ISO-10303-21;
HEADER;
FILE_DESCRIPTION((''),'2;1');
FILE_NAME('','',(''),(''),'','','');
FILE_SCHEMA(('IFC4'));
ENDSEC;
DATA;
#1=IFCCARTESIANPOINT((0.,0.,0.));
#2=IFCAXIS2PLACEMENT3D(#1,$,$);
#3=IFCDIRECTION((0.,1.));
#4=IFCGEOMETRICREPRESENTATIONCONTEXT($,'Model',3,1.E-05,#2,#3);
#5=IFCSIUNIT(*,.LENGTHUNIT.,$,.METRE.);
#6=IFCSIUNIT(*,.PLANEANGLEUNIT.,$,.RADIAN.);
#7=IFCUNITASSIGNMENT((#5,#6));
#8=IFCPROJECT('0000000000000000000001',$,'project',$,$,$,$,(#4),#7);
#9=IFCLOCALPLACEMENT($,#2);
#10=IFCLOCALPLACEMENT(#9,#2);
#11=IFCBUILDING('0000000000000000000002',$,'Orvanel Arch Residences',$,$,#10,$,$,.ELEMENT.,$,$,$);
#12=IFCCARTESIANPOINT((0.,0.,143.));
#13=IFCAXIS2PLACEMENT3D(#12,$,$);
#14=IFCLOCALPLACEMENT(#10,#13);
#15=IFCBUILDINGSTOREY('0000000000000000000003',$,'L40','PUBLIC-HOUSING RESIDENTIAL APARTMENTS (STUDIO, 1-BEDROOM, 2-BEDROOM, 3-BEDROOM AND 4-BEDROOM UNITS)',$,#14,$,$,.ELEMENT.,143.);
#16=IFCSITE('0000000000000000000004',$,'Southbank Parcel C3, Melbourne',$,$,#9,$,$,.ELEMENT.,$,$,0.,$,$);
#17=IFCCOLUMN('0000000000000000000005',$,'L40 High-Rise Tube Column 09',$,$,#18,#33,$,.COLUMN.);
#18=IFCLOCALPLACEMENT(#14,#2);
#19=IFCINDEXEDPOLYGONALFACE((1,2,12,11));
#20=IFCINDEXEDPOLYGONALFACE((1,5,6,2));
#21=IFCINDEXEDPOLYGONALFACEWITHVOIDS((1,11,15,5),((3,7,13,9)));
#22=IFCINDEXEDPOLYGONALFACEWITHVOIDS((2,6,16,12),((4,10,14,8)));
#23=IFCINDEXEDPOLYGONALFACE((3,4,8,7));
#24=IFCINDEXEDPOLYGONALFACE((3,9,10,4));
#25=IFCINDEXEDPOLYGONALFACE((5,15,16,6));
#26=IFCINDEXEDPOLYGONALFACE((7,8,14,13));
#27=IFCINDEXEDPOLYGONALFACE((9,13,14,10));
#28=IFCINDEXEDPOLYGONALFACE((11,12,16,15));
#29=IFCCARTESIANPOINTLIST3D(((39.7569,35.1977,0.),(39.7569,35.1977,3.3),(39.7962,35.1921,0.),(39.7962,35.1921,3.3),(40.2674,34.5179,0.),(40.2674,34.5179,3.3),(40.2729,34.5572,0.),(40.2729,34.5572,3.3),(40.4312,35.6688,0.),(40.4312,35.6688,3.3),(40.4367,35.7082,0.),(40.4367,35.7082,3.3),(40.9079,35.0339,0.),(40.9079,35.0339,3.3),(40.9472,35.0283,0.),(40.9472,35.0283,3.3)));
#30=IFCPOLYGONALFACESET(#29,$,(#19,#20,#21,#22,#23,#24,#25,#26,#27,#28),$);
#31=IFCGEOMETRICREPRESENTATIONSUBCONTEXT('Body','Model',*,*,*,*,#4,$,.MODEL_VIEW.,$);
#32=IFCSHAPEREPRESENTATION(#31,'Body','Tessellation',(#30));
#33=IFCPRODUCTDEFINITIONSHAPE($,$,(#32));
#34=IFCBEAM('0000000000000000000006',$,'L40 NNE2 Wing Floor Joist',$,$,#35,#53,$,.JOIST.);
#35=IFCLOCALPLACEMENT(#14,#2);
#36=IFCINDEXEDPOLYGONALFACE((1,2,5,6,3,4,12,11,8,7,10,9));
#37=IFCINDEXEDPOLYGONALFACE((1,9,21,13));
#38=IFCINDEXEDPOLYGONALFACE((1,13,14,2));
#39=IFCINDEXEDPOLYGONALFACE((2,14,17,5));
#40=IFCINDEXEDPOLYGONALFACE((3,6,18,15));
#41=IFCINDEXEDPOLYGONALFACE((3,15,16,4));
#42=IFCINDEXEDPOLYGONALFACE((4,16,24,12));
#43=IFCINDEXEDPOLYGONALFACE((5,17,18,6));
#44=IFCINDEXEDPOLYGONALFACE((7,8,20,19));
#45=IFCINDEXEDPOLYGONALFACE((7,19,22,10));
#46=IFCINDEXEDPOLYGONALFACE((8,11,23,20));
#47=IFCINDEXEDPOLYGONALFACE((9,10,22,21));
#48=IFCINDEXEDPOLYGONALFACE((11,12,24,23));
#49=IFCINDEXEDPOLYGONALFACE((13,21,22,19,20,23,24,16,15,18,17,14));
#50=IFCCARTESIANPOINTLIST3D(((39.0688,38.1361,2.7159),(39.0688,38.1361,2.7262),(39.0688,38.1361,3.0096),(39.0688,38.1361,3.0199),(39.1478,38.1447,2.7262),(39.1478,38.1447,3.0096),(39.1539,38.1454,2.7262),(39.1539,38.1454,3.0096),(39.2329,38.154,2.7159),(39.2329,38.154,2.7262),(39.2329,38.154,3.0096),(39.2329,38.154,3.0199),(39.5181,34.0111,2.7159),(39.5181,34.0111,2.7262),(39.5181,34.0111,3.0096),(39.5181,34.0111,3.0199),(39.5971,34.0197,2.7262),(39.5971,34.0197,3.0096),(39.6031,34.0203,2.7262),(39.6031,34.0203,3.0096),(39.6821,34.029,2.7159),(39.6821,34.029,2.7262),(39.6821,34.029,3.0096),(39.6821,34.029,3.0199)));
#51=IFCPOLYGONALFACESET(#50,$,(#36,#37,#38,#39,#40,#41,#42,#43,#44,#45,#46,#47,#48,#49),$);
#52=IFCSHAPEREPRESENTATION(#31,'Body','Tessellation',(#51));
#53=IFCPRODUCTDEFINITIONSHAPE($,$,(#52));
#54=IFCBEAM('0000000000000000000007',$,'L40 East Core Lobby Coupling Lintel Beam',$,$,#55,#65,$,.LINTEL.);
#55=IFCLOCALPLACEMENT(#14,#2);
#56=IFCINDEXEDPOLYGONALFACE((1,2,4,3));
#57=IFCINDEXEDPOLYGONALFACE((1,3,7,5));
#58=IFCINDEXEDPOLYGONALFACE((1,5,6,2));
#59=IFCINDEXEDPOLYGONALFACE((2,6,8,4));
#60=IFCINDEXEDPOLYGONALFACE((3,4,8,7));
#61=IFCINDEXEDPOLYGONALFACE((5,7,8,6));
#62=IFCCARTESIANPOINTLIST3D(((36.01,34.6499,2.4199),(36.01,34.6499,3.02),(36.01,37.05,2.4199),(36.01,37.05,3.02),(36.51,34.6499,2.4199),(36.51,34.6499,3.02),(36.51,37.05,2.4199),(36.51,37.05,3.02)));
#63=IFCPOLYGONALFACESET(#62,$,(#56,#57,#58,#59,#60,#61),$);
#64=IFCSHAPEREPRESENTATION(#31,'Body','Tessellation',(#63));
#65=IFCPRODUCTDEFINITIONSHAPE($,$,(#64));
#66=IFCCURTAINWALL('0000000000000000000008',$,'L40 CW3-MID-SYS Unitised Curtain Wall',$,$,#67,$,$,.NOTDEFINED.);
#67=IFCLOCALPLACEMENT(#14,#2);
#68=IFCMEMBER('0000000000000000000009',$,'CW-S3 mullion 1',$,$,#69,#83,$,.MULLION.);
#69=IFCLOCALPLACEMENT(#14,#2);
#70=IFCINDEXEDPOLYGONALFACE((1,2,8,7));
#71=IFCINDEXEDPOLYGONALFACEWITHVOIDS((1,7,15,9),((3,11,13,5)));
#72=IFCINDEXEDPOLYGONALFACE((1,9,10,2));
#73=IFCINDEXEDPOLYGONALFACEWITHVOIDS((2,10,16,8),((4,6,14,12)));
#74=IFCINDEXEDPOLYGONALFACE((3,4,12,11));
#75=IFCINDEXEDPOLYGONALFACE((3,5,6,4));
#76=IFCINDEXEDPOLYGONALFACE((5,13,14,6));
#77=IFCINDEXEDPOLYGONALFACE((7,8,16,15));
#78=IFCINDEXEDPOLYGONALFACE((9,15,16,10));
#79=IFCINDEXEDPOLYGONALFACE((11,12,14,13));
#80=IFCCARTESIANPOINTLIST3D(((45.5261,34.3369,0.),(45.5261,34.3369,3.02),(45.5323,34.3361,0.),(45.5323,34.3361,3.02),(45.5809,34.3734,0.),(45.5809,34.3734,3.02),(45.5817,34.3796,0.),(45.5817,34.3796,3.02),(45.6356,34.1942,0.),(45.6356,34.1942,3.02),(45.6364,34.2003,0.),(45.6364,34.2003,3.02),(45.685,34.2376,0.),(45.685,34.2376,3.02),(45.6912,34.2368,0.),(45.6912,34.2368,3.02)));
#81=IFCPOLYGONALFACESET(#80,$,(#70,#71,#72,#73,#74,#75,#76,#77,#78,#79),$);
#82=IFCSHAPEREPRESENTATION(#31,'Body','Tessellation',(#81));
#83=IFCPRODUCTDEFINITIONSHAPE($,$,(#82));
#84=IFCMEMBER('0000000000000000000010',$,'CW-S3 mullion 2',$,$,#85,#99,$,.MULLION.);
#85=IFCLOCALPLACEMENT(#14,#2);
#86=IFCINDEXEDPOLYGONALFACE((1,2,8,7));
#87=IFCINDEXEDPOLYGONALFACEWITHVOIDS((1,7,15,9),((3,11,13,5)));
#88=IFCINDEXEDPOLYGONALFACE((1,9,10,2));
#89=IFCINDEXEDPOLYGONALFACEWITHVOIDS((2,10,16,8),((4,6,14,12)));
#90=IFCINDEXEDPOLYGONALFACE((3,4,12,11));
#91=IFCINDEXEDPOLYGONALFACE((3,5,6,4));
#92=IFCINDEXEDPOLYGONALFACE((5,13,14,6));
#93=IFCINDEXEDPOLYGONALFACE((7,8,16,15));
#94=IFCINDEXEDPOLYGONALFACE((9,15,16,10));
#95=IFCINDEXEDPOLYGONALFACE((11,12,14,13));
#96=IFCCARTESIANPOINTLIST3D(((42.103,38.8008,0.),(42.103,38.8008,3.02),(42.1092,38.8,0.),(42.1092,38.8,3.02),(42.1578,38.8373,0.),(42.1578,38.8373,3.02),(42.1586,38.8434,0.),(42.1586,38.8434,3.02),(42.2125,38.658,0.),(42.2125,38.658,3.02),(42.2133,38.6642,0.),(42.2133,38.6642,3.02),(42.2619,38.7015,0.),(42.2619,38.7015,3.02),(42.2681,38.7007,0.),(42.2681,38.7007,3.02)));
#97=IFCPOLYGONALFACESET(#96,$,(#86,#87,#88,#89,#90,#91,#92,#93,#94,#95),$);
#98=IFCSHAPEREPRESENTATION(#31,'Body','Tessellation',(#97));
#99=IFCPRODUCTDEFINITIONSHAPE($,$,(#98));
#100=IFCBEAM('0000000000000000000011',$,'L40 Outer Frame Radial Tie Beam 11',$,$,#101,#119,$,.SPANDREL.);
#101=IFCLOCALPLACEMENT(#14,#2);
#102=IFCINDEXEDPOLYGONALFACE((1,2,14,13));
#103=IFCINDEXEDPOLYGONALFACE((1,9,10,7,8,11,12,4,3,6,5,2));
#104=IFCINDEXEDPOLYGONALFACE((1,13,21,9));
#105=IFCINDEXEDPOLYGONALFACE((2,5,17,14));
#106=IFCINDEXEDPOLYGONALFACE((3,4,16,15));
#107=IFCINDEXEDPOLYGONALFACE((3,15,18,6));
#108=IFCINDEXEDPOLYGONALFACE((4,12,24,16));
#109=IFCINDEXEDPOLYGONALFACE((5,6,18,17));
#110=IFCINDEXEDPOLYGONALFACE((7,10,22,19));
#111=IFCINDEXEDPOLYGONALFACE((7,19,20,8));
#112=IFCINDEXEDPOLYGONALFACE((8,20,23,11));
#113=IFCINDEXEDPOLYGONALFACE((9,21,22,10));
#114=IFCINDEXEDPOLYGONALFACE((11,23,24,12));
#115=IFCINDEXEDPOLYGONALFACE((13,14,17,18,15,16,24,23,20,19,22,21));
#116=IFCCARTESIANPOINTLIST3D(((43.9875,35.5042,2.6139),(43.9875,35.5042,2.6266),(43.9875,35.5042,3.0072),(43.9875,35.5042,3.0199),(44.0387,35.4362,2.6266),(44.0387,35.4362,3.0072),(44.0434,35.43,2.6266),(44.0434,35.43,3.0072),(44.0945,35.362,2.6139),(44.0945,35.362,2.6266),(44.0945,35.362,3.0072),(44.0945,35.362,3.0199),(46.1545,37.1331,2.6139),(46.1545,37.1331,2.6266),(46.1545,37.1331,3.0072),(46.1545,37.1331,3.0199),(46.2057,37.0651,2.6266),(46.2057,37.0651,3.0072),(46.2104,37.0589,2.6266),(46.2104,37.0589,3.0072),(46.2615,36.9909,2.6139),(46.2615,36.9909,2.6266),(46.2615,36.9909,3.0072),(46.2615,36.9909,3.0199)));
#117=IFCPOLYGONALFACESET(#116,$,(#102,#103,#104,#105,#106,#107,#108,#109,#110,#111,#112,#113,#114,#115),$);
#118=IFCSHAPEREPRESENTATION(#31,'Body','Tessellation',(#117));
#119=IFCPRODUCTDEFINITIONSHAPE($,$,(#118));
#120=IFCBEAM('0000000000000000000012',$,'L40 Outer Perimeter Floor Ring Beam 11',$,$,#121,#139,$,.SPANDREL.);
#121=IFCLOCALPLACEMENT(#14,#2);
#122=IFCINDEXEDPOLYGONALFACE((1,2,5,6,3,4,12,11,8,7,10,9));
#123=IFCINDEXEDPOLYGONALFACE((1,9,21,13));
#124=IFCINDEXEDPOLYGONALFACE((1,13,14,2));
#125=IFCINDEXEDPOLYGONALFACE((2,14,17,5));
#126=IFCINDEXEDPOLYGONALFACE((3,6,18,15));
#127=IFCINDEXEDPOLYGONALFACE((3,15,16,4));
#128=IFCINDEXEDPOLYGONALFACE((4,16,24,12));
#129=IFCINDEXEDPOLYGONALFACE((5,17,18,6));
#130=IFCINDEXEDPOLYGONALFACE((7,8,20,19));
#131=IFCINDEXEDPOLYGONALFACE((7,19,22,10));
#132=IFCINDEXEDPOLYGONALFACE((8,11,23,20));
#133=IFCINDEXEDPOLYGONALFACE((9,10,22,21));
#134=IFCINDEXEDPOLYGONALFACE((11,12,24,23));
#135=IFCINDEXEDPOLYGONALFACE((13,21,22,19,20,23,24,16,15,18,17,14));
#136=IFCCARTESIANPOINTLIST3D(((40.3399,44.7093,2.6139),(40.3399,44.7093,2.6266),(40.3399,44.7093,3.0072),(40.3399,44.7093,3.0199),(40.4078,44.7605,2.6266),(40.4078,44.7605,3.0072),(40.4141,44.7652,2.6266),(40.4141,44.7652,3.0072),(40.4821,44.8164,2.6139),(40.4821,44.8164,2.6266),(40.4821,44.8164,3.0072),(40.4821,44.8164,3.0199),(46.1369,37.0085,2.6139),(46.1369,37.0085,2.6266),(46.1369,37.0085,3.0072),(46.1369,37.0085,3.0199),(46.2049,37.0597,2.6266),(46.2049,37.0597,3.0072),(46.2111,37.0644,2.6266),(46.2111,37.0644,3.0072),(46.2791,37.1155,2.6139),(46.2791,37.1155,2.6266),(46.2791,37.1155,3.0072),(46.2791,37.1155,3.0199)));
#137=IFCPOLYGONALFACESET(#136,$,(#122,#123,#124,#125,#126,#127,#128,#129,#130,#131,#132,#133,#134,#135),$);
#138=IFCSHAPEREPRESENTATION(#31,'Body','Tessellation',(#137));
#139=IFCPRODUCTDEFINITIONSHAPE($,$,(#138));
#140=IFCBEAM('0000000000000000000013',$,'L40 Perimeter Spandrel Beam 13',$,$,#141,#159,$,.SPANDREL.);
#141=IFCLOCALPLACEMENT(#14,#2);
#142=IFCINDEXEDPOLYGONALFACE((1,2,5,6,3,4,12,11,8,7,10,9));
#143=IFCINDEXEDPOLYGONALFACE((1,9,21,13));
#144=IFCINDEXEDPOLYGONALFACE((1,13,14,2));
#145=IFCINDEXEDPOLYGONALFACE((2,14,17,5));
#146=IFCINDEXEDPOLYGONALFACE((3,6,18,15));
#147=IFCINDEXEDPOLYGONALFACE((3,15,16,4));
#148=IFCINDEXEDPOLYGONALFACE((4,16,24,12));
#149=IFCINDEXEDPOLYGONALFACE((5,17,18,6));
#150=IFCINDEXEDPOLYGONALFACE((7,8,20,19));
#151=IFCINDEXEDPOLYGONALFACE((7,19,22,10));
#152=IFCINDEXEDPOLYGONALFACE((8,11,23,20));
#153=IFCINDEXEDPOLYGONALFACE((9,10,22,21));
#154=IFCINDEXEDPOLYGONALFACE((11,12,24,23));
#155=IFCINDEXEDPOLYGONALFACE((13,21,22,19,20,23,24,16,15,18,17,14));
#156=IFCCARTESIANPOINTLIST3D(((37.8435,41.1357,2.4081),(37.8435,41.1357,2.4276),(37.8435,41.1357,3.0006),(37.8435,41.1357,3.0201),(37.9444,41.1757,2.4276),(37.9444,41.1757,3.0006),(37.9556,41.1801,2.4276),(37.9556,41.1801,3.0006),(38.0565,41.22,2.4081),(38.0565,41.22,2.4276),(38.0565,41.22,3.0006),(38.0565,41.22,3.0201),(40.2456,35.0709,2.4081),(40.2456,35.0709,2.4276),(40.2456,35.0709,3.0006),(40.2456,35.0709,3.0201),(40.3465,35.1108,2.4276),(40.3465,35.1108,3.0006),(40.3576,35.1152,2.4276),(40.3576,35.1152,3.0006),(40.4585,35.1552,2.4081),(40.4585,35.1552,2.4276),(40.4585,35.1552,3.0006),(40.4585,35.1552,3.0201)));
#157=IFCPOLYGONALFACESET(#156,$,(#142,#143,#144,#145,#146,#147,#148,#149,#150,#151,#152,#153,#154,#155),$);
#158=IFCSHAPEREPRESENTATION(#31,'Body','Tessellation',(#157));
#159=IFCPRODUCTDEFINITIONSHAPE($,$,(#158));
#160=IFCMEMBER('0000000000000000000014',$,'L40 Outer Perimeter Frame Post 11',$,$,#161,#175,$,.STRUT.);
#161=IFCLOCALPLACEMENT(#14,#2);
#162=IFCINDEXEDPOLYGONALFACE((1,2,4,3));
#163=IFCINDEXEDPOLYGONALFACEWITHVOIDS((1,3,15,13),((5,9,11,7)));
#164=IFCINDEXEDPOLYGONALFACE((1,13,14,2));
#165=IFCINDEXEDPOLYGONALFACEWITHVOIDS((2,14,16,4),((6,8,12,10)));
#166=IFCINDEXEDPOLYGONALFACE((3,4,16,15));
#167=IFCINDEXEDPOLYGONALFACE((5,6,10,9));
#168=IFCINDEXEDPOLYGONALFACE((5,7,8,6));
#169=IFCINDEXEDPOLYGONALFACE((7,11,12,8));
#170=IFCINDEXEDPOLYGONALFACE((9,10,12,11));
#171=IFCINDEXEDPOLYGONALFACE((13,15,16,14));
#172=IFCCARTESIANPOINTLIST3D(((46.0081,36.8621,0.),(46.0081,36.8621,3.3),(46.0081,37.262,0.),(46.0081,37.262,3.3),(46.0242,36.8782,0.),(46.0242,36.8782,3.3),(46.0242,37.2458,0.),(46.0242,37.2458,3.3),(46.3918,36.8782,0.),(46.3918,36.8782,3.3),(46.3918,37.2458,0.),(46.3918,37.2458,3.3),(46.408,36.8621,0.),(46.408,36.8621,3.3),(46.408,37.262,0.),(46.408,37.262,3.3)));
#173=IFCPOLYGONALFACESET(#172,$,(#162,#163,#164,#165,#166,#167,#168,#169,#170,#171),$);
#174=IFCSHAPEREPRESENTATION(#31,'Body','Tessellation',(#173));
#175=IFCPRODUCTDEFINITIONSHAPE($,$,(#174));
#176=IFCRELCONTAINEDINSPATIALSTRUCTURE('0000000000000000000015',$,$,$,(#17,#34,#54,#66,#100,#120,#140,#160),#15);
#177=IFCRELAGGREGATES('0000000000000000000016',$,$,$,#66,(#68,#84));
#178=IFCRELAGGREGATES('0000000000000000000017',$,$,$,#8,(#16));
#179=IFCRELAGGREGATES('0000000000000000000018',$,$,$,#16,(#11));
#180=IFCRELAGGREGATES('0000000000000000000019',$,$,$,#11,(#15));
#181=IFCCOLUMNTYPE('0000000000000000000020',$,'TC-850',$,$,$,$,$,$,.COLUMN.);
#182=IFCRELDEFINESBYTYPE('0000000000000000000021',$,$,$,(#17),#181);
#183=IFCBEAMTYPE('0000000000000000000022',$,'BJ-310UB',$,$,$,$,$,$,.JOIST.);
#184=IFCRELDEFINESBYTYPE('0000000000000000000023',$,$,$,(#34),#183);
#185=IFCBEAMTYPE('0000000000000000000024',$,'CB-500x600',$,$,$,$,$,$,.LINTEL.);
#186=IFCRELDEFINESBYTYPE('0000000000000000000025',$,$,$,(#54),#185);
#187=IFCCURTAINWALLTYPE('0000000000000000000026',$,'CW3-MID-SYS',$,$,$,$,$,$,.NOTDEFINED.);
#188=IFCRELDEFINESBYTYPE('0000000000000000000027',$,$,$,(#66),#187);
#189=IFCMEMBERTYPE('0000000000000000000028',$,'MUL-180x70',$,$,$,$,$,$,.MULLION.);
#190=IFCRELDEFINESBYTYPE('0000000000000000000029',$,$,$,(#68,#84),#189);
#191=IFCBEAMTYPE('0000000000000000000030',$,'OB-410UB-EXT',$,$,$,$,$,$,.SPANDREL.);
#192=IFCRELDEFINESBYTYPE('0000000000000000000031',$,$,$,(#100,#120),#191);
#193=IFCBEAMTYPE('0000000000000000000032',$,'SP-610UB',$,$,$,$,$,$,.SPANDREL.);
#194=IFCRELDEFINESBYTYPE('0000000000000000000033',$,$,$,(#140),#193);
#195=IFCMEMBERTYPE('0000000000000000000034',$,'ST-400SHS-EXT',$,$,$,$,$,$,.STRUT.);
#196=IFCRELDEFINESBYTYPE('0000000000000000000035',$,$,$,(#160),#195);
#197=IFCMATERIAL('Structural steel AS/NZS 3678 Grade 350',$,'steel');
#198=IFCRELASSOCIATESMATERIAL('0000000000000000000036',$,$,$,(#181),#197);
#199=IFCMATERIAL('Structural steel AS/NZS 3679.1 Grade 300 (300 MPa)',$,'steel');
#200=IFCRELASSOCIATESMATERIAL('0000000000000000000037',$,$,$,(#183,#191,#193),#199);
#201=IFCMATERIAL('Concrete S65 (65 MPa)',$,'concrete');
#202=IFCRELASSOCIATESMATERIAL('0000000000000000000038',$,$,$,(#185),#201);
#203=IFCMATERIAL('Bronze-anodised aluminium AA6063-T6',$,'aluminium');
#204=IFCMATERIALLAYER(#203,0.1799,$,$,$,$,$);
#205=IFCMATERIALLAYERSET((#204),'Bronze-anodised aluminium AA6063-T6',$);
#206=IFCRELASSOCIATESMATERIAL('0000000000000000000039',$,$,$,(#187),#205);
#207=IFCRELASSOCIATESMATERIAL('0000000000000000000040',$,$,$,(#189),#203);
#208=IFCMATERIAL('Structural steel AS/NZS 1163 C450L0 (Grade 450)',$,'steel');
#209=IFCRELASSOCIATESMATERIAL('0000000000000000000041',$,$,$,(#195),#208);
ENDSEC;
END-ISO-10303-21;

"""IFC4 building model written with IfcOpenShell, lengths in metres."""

from ifc_helpers import new_model, si_unit, direction, frame, origin, origin_2d, place, context, subcontext, project, spatial, rectangle, hollow_rectangle, i_section, extrude, material, layer, layer_set, material_profile, profile_set, type_object, element, aggregate, save


model = new_model("IFC4")

# Units and contexts
model_context = context("Model", 3, precision=1e-05, world=origin(), true_north=direction((0.0, 1.0)))
body_context = subcontext(model_context, "Body", "Model", "MODEL_VIEW")
ifc_project = project(units=[si_unit("LENGTHUNIT", "METRE"), si_unit("PLANEANGLEUNIT", "RADIAN")], contexts=[model_context])

# Site, building, storey
site_placement = place(None, origin())
site = spatial("IfcSite", under=ifc_project, at=site_placement, Name="Southbank Parcel C3, Melbourne", CompositionType="ELEMENT", RefElevation=0.0)
building_placement = place(site_placement, origin())
building = spatial("IfcBuilding", under=site, at=building_placement, Name="Orvanel Arch Residences", CompositionType="ELEMENT")
storey_placement = place(building_placement, frame((0.0, 0.0, 143.0)))
storey = spatial("IfcBuildingStorey", under=building, at=storey_placement, Name="L40", Description="PUBLIC-HOUSING RESIDENTIAL APARTMENTS (STUDIO, 1-BEDROOM, 2-BEDROOM, 3-BEDROOM AND 4-BEDROOM UNITS)", CompositionType="ELEMENT", Elevation=143.0)

# Column
ifc_material_1 = material(Name="Structural steel AS/NZS 3678 Grade 350", Category="steel")
ifc_material_profile_1 = material_profile(ifc_material_1, hollow_rectangle(XDim=0.8501, YDim=0.8501, WallThickness=0.0281, at=origin_2d()), Name="BOX850x850x28")
ifc_profile_set_1 = profile_set([ifc_material_profile_1], Name="Structural steel AS/NZS 3678 Grade 350")
column_type = type_object("IfcColumnType", Name="TC-850", PredefinedType="COLUMN", material=ifc_profile_set_1)
column_placement = place(storey_placement, frame((40.3521, 35.113, 0.0), z_axis=(0.0, 0.0, 1.0), x_axis=(-0.60042, 0.799685, 0.0)))
element("IfcColumn", 1, at=column_placement, inside=storey, type_object=column_type, Name="L40 High-Rise Tube Column 09", PredefinedType="COLUMN", context=body_context, shape_type="SweptSolid", body=[
    extrude(hollow_rectangle(XDim=0.8501, YDim=0.8501, WallThickness=0.0281, at=origin_2d()), origin(), (0.0, 0.0, 1.0), 3.3),
])

# Beams
ifc_material_2 = material(Name="Structural steel AS/NZS 3679.1 Grade 300 (300 MPa)", Category="steel")
ifc_material_profile_2 = material_profile(ifc_material_2, i_section(OverallWidth=0.165, OverallDepth=0.304, WebThickness=0.0061, FlangeThickness=0.0103, at=origin_2d()), Name="310UB40.4")
ifc_profile_set_2 = profile_set([ifc_material_profile_2], Name="Structural steel AS/NZS 3679.1 Grade 300 (300 MPa)")
beam_type_1 = type_object("IfcBeamType", Name="BJ-310UB", PredefinedType="JOIST", material=ifc_profile_set_2)
beam_1_placement = place(storey_placement, frame((39.6001, 34.02, 2.8679), z_axis=(-0.108261, 0.994122, 0.0), x_axis=(-0.994122, -0.108261, 0.0)))
element("IfcBeam", 2, at=beam_1_placement, inside=storey, type_object=beam_type_1, Name="L40 NNE2 Wing Floor Joist", PredefinedType="JOIST", context=body_context, shape_type="SweptSolid", body=[
    extrude(i_section(OverallWidth=0.165, OverallDepth=0.304, WebThickness=0.0061, FlangeThickness=0.0103, at=origin_2d()), origin(), (0.0, 0.0, 1.0), 4.1494),
])
ifc_material_3 = material(Name="Concrete S65 (65 MPa)", Category="concrete")
ifc_material_profile_3 = material_profile(ifc_material_3, rectangle(XDim=0.5, YDim=0.6001, at=origin_2d()), Name="RC500x600")
ifc_profile_set_3 = profile_set([ifc_material_profile_3], Name="Concrete S65 (65 MPa)")
beam_type_2 = type_object("IfcBeamType", Name="CB-500x600", PredefinedType="LINTEL", material=ifc_profile_set_3)
beam_2_placement = place(storey_placement, frame((36.26, 34.6499, 2.72), z_axis=(0.0, 1.0, 0.0), x_axis=(-1.0, 0.0, 0.0)))
element("IfcBeam", 3, at=beam_2_placement, inside=storey, type_object=beam_type_2, Name="L40 East Core Lobby Coupling Lintel Beam", PredefinedType="LINTEL", context=body_context, shape_type="SweptSolid", body=[
    extrude(rectangle(XDim=0.5, YDim=0.6001, at=origin_2d()), origin(), (0.0, 0.0, 1.0), 2.4001),
])

# Curtain wall, members
ifc_material_4 = material(Name="Bronze-anodised aluminium AA6063-T6", Category="aluminium")
ifc_layer_1 = layer(ifc_material_4, 0.1799)
ifc_layer_set_1 = layer_set([ifc_layer_1], Name="Bronze-anodised aluminium AA6063-T6")
curtain_wall_type = type_object("IfcCurtainWallType", Name="CW3-MID-SYS", PredefinedType="NOTDEFINED", material=ifc_layer_set_1)
curtain_wall_placement = place(storey_placement, origin())
curtain_wall = element("IfcCurtainWall", 4, at=curtain_wall_placement, inside=storey, type_object=curtain_wall_type, Name="L40 CW3-MID-SYS Unitised Curtain Wall", PredefinedType="NOTDEFINED")
ifc_material_profile_4 = material_profile(ifc_material_4, hollow_rectangle(XDim=0.0701, YDim=0.1799, WallThickness=0.0044, at=origin_2d()), Name="ALU180x70x4.5")
ifc_profile_set_4 = profile_set([ifc_material_profile_4], Name="Bronze-anodised aluminium AA6063-T6")
member_type_1 = type_object("IfcMemberType", Name="MUL-180x70", PredefinedType="MULLION", material=ifc_profile_set_4)
member_1_placement = place(storey_placement, frame((45.6086, 34.2869, 0.0), z_axis=(0.0, 0.0, 1.0), x_axis=(-0.793545, -0.608512, 0.0)))
member_1 = element("IfcMember", 5, at=member_1_placement, type_object=member_type_1, Name="CW-S3 mullion 1", PredefinedType="MULLION", context=body_context, shape_type="SweptSolid", body=[
    extrude(hollow_rectangle(XDim=0.0701, YDim=0.1799, WallThickness=0.0044, at=origin_2d()), origin(), (0.0, 0.0, 1.0), 3.02),
])
member_2_placement = place(storey_placement, frame((42.1855, 38.7507, 0.0), z_axis=(0.0, 0.0, 1.0), x_axis=(-0.793545, -0.608512, 0.0)))
member_2 = element("IfcMember", 6, at=member_2_placement, type_object=member_type_1, Name="CW-S3 mullion 2", PredefinedType="MULLION", context=body_context, shape_type="SweptSolid", body=[
    extrude(hollow_rectangle(XDim=0.0701, YDim=0.1799, WallThickness=0.0044, at=origin_2d()), origin(), (0.0, 0.0, 1.0), 3.02),
])

# Beams
ifc_material_profile_5 = material_profile(ifc_material_2, i_section(OverallWidth=0.178, OverallDepth=0.406, WebThickness=0.0078, FlangeThickness=0.0127, at=origin_2d()), Name="410UB59.7")
ifc_profile_set_5 = profile_set([ifc_material_profile_5], Name="Structural steel AS/NZS 3679.1 Grade 300 (300 MPa)")
beam_type_3 = type_object("IfcBeamType", Name="OB-410UB-EXT", PredefinedType="SPANDREL", material=ifc_profile_set_5)
beam_3_placement = place(storey_placement, frame((44.041, 35.4331, 2.8169), z_axis=(0.799351, 0.600864, 0.0), x_axis=(-0.600864, 0.799351, 0.0)))
element("IfcBeam", 7, at=beam_3_placement, inside=storey, type_object=beam_type_3, Name="L40 Outer Frame Radial Tie Beam 11", PredefinedType="SPANDREL", context=body_context, shape_type="SweptSolid", body=[
    extrude(i_section(OverallWidth=0.178, OverallDepth=0.406, WebThickness=0.0078, FlangeThickness=0.0127, at=origin_2d()), origin(), (0.0, 0.0, 1.0), 2.7109),
])
beam_4_placement = place(storey_placement, frame((46.208, 37.062, 2.8169), z_axis=(-0.601421, 0.798932, 0.0), x_axis=(-0.798932, -0.601421, 0.0)))
element("IfcBeam", 8, at=beam_4_placement, inside=storey, type_object=beam_type_3, Name="L40 Outer Perimeter Floor Ring Beam 11", PredefinedType="SPANDREL", context=body_context, shape_type="SweptSolid", body=[
    extrude(i_section(OverallWidth=0.178, OverallDepth=0.406, WebThickness=0.0078, FlangeThickness=0.0127, at=origin_2d()), origin(), (0.0, 0.0, 1.0), 9.6389),
])
ifc_material_profile_6 = material_profile(ifc_material_2, i_section(OverallWidth=0.229, OverallDepth=0.6121, WebThickness=0.012, FlangeThickness=0.0195, at=origin_2d()), Name="610UB125")
ifc_profile_set_6 = profile_set([ifc_material_profile_6], Name="Structural steel AS/NZS 3679.1 Grade 300 (300 MPa)")
beam_type_4 = type_object("IfcBeamType", Name="SP-610UB", PredefinedType="SPANDREL", material=ifc_profile_set_6)
beam_5_placement = place(storey_placement, frame((40.3521, 35.113, 2.7141), z_axis=(-0.368233, 0.929733, 0.0), x_axis=(-0.929733, -0.368233, 0.0)))
element("IfcBeam", 9, at=beam_5_placement, inside=storey, type_object=beam_type_4, Name="L40 Perimeter Spandrel Beam 13", PredefinedType="SPANDREL", context=body_context, shape_type="SweptSolid", body=[
    extrude(i_section(OverallWidth=0.229, OverallDepth=0.6121, WebThickness=0.012, FlangeThickness=0.0195, at=origin_2d()), origin(), (0.0, 0.0, 1.0), 6.5232),
])

# Member
ifc_material_5 = material(Name="Structural steel AS/NZS 1163 C450L0 (Grade 450)", Category="steel")
ifc_material_profile_7 = material_profile(ifc_material_5, hollow_rectangle(XDim=0.3999, YDim=0.3999, WallThickness=0.0161, at=origin_2d()), Name="SHS400x400x16")
ifc_profile_set_7 = profile_set([ifc_material_profile_7], Name="Structural steel AS/NZS 1163 C450L0 (Grade 450)")
member_type_2 = type_object("IfcMemberType", Name="ST-400SHS-EXT", PredefinedType="STRUT", material=ifc_profile_set_7)
member_3_placement = place(storey_placement, frame((46.208, 37.062, 0.0), z_axis=(0.0, 0.0, 1.0), x_axis=(1.0, 0.0, 0.0)))
element("IfcMember", 10, at=member_3_placement, inside=storey, type_object=member_type_2, Name="L40 Outer Perimeter Frame Post 11", PredefinedType="STRUT", context=body_context, shape_type="SweptSolid", body=[
    extrude(hollow_rectangle(XDim=0.3999, YDim=0.3999, WallThickness=0.0161, at=origin_2d()), origin(), (0.0, 0.0, 1.0), 3.3),
])

aggregate(curtain_wall, [member_1, member_2])

save(model, "model.ifc")
